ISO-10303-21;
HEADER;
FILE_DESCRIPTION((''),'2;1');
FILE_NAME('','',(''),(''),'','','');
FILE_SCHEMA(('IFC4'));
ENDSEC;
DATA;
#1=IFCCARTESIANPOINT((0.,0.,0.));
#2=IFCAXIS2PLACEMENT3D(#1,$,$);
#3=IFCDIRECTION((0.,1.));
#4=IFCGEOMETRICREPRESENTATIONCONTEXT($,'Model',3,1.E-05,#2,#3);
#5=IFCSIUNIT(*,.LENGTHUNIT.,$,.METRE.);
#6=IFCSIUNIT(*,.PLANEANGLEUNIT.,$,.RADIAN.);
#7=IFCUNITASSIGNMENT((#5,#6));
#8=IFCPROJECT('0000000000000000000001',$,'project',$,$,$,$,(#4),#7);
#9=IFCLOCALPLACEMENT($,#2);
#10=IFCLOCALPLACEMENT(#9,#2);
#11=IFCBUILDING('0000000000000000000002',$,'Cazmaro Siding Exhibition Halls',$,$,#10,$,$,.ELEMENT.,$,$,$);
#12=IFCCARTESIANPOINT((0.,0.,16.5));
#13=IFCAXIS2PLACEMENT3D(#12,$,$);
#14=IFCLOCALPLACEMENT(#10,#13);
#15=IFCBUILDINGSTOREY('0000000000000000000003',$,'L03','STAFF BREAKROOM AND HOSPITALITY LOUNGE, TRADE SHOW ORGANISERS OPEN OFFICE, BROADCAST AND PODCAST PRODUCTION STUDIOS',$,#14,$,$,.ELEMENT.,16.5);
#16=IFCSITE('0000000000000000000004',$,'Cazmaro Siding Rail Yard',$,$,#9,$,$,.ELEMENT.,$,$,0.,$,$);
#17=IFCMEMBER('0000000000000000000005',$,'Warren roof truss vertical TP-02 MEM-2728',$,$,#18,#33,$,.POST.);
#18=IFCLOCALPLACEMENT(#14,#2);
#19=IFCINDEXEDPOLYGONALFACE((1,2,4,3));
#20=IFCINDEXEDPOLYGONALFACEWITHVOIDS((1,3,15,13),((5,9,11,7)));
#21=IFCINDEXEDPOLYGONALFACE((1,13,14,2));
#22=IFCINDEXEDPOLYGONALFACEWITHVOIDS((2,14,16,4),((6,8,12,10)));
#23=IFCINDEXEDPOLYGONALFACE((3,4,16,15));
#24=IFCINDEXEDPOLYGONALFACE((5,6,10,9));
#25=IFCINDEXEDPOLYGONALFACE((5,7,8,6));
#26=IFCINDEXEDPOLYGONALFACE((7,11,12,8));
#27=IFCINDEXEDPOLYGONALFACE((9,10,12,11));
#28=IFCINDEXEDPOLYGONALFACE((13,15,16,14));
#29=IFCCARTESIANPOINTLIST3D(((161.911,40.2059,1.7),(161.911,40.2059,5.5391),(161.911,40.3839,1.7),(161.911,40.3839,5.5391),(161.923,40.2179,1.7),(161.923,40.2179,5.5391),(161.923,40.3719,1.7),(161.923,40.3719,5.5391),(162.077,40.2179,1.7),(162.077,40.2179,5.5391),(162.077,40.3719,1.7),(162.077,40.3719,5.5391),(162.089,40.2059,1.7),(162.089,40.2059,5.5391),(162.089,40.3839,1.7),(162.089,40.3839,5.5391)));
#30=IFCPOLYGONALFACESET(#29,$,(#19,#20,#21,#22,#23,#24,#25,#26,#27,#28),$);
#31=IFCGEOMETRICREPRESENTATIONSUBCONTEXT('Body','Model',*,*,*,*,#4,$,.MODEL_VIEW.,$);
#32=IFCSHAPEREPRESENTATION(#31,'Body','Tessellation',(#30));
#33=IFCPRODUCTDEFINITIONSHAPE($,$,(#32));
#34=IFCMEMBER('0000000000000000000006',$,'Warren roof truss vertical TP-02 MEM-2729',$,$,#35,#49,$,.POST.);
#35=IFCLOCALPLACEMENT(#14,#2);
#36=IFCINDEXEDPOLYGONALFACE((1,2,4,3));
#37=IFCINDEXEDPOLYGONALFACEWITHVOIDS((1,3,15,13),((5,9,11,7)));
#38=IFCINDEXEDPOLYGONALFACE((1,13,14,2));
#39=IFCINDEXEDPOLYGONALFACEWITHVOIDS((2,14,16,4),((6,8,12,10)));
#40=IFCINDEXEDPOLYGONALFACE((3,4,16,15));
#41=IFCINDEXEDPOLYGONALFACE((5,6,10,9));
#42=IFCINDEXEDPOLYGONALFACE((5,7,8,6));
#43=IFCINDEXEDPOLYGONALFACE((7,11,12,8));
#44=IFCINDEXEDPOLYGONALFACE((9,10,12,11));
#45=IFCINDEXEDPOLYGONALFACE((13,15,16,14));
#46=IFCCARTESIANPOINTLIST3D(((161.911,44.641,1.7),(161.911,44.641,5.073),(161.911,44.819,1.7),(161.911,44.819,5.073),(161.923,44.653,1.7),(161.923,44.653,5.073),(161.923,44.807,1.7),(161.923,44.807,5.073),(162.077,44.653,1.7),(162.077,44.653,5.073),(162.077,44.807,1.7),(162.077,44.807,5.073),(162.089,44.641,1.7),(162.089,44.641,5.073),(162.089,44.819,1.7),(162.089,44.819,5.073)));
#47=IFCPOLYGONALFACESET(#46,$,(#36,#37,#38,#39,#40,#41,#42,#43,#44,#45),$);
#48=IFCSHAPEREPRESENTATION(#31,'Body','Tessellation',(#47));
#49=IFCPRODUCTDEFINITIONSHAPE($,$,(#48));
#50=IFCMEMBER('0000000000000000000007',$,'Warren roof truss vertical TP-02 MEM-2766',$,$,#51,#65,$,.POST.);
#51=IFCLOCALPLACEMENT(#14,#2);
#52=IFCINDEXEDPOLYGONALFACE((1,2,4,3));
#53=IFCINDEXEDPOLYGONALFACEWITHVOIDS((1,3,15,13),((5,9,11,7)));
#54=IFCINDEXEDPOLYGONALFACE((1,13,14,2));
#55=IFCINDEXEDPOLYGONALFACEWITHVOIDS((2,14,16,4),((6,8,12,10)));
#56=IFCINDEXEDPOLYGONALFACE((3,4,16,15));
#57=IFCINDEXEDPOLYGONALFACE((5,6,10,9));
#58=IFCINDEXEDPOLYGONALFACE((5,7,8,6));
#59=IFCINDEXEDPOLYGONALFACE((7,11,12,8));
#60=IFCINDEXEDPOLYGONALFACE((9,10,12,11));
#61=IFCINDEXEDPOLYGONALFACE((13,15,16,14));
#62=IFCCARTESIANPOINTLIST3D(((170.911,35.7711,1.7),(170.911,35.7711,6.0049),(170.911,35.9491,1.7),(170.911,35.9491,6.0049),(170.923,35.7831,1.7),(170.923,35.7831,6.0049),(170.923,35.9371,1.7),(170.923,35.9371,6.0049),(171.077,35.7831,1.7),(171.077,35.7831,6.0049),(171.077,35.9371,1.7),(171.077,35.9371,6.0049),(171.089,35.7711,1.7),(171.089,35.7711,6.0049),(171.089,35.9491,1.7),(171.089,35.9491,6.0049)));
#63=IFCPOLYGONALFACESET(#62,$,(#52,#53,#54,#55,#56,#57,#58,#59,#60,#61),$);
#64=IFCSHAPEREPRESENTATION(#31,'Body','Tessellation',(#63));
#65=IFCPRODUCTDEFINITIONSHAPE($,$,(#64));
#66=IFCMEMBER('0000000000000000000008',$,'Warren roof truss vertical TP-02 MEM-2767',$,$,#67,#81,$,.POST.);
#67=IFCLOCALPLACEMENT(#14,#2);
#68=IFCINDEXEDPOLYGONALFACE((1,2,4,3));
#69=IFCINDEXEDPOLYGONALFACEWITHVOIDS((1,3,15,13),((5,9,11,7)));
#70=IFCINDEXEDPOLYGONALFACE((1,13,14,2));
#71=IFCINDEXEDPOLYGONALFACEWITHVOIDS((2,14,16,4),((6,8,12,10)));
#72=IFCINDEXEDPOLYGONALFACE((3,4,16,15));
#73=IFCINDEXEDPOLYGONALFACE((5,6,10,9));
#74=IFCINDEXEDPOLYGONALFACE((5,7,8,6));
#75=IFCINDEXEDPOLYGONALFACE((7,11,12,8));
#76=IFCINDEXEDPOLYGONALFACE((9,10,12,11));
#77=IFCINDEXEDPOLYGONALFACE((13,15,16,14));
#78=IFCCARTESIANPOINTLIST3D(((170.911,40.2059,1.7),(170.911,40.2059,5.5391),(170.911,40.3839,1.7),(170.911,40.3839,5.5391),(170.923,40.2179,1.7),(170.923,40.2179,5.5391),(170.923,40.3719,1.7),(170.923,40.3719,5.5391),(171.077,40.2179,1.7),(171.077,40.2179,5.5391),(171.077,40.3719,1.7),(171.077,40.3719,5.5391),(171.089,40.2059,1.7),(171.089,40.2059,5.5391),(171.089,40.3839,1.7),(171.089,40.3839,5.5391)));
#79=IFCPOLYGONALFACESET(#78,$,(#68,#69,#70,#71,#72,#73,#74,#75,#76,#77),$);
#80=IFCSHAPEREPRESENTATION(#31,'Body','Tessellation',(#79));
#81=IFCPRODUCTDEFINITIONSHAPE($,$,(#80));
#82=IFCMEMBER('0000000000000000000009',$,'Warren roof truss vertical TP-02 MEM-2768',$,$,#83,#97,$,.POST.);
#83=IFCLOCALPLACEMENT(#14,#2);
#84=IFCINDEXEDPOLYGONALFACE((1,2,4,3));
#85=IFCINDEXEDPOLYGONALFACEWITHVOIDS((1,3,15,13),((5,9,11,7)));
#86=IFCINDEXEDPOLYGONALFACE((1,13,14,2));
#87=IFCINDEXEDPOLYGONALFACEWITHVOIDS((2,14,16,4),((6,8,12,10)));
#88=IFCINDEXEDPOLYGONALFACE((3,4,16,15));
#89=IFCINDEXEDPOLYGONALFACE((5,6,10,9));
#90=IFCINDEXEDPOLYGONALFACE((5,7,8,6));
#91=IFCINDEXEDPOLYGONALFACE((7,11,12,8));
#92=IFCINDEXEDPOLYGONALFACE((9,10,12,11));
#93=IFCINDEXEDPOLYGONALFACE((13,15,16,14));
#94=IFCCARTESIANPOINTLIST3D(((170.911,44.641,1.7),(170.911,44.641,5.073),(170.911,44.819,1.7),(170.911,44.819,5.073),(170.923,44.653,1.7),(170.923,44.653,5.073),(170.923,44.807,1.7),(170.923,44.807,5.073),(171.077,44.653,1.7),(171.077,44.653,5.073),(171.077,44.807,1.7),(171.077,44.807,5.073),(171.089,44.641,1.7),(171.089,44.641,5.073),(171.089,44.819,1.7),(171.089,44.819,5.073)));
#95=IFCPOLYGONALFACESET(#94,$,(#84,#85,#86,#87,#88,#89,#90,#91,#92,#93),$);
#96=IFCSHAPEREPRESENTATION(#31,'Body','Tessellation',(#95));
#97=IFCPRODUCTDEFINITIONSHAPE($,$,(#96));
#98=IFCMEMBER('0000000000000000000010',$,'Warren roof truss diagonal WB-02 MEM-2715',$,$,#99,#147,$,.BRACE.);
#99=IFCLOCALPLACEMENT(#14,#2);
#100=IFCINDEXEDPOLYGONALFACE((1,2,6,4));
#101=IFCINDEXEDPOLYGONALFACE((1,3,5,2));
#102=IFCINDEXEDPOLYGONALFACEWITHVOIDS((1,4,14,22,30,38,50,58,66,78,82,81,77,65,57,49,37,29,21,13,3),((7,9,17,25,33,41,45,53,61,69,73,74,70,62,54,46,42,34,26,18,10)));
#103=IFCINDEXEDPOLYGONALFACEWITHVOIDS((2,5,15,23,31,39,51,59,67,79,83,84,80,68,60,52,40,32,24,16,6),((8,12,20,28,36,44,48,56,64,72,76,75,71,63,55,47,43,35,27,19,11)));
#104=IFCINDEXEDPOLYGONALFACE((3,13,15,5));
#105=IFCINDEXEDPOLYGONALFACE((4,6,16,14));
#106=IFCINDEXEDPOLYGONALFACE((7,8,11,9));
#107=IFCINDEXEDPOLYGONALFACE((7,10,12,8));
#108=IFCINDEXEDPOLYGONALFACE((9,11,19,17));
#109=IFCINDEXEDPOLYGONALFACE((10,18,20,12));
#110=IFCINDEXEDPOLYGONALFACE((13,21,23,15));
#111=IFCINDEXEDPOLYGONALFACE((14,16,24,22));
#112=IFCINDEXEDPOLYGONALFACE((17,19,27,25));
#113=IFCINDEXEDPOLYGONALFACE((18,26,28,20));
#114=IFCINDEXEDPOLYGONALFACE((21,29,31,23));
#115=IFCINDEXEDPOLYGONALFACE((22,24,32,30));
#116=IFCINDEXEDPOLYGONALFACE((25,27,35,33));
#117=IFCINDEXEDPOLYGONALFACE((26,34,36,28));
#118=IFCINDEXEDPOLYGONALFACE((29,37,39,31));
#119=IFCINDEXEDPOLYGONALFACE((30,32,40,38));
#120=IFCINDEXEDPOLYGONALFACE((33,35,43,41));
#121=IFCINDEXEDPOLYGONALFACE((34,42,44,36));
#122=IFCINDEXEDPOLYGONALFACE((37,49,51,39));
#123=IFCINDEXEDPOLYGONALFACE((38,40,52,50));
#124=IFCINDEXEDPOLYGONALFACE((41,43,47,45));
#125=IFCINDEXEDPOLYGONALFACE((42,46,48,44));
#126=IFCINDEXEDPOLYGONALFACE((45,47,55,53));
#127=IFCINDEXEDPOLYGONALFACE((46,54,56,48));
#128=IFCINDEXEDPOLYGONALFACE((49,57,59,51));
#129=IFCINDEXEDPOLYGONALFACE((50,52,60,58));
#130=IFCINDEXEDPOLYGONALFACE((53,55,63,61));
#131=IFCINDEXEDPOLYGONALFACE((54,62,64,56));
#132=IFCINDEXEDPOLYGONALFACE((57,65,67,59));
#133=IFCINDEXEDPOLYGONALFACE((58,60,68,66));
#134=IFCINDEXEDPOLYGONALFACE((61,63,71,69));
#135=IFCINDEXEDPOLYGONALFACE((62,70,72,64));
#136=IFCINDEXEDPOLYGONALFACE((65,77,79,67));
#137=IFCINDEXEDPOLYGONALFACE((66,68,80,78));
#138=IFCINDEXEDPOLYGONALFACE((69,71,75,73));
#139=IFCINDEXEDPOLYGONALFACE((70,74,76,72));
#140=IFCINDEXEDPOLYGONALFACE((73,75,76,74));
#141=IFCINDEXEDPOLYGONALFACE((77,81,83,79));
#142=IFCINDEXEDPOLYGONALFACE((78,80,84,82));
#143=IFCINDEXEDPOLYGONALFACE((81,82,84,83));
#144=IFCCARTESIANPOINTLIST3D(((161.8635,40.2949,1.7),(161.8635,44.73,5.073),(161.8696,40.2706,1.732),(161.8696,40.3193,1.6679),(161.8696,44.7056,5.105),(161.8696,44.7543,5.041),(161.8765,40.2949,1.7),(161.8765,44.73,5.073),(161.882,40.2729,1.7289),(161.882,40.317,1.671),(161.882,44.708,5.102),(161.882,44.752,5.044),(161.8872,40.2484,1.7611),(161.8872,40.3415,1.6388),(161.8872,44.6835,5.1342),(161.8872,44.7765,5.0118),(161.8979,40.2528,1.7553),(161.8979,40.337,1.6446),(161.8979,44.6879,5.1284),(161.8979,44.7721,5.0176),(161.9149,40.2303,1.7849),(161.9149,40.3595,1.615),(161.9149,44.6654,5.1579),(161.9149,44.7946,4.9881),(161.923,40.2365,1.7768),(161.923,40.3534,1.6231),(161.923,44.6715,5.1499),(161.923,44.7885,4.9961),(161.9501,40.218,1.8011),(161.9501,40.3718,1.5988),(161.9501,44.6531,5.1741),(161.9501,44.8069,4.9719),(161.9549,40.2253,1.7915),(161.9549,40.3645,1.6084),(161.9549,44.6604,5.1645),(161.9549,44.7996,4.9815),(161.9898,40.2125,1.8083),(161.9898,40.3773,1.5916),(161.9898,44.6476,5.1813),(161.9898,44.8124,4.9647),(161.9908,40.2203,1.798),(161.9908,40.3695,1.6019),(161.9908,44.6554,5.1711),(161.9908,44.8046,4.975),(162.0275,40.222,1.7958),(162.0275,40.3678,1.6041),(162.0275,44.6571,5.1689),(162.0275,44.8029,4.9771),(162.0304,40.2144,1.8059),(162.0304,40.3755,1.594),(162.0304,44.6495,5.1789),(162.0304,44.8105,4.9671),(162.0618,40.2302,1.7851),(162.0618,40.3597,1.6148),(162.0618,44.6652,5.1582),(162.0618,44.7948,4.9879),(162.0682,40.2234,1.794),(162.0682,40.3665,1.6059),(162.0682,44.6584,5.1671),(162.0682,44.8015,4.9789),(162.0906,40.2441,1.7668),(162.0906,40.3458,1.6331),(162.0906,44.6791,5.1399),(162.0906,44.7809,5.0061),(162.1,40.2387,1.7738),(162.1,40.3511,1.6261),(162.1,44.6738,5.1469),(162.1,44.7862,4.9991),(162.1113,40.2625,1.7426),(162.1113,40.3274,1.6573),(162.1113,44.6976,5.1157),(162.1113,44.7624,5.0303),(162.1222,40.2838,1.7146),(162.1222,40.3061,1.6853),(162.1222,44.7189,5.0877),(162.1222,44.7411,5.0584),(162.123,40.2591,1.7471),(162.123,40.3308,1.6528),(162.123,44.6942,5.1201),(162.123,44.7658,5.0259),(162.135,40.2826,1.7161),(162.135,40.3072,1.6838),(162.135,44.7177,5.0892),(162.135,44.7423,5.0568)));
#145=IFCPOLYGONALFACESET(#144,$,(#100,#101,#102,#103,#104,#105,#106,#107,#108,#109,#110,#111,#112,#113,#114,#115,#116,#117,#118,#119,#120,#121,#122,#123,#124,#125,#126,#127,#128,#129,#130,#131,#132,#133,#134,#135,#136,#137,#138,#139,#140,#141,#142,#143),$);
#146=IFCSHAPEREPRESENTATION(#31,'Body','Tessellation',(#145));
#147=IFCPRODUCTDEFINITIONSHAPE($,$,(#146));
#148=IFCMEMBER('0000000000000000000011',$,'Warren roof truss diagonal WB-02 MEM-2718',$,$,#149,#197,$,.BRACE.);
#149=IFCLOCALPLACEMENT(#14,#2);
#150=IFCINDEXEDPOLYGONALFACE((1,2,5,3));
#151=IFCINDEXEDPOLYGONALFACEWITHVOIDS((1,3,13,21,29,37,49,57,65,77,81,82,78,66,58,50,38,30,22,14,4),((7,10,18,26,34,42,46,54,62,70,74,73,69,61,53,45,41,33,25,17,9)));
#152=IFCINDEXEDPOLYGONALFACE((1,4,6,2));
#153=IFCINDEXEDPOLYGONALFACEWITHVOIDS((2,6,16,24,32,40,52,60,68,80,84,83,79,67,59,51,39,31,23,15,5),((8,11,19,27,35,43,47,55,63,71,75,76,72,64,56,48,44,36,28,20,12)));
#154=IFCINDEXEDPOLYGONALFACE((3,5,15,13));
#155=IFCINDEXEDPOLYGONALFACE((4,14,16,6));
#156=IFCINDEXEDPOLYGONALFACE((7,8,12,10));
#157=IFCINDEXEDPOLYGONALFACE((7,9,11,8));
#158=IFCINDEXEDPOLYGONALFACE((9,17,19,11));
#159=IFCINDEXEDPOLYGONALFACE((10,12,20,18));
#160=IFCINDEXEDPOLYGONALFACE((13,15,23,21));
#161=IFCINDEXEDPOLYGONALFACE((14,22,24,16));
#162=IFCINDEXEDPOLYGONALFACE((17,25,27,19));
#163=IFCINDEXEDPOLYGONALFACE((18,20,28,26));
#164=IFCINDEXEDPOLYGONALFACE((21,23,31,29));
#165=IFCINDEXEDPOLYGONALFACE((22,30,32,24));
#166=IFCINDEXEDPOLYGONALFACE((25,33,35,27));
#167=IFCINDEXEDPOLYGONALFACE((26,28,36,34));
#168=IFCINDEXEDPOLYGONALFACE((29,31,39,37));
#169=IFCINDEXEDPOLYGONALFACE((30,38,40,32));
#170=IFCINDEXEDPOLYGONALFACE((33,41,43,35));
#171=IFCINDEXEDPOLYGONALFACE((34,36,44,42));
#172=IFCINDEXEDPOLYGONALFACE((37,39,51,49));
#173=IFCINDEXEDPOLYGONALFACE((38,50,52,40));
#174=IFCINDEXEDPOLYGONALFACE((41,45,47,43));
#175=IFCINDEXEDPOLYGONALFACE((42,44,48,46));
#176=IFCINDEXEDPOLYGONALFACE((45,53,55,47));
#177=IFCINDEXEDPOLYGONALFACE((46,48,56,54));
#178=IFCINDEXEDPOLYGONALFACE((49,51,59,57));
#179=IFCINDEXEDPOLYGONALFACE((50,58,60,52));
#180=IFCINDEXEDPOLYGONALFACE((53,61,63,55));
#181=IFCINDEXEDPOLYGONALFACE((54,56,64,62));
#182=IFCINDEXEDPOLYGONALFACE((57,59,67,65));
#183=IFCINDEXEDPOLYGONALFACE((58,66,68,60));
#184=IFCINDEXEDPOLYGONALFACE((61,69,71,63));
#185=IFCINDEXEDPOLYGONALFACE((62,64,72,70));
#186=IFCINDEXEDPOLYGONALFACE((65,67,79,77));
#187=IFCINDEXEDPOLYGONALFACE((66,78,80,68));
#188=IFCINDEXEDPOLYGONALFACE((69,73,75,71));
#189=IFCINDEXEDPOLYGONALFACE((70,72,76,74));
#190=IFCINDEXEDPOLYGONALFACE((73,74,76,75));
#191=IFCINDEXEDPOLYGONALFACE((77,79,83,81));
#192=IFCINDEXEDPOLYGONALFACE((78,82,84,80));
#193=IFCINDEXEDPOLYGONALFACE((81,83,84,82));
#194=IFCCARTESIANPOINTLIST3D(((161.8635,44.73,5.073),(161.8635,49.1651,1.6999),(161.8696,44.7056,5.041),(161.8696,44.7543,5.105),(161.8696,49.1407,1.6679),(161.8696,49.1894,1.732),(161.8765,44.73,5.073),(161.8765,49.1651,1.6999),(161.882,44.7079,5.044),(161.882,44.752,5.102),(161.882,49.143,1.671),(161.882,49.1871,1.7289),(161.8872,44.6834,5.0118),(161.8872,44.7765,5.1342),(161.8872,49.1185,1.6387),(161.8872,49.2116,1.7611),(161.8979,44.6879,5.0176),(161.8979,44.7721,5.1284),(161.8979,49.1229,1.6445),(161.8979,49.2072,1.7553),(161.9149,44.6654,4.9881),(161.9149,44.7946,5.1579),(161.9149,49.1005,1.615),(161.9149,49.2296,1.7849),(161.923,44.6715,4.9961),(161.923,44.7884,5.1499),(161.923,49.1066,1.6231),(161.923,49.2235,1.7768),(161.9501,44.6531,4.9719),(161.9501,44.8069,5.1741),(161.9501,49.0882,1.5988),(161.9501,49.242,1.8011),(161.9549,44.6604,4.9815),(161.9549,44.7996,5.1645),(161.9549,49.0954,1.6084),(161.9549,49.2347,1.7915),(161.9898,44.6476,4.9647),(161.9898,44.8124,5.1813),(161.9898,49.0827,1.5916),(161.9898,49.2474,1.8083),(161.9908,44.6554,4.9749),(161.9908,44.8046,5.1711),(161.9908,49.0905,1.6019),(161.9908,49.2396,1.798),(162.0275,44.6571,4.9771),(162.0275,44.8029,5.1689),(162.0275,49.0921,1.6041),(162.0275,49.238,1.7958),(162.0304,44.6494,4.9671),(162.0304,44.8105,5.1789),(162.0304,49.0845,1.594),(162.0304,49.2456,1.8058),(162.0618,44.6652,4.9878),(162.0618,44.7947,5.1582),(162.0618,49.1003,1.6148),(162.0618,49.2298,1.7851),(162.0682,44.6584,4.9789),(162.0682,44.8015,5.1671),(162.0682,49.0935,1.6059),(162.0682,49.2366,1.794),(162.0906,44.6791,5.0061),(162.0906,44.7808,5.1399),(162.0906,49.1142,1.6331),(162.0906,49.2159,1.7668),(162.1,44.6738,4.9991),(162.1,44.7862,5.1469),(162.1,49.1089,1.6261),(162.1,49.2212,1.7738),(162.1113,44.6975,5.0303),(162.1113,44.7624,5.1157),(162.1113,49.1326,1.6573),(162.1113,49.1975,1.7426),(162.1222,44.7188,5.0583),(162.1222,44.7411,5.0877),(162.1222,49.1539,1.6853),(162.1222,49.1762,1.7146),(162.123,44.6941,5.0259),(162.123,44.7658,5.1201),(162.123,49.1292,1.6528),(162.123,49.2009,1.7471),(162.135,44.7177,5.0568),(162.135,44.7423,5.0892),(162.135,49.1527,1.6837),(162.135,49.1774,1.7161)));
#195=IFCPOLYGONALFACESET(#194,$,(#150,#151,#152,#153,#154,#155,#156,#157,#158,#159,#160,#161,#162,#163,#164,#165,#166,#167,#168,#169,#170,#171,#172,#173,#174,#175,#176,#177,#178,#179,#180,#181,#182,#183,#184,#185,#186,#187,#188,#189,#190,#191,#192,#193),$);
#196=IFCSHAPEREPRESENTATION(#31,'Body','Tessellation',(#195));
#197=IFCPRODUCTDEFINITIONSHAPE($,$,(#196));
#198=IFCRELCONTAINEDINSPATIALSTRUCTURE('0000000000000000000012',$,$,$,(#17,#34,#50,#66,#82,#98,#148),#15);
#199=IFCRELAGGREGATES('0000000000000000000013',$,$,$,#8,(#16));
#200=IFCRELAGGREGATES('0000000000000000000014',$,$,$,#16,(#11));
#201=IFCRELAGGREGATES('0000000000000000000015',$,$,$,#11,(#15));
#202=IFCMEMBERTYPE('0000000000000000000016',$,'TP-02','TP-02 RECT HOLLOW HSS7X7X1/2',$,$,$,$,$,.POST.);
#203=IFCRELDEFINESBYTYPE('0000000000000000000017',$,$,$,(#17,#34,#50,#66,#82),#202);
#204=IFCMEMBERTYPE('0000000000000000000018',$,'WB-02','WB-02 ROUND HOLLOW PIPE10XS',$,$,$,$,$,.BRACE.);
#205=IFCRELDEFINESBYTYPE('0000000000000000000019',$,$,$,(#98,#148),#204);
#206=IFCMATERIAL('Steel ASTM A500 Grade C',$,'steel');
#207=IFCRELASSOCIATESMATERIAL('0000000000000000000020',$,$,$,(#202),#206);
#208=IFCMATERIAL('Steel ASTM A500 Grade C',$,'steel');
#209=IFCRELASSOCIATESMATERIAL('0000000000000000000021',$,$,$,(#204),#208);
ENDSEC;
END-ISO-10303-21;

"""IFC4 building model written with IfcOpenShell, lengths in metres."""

from ifc_helpers import new_model, si_unit, direction, frame, origin, origin_2d, place, context, subcontext, project, spatial, hollow_rectangle, hollow_circle, extrude, material, material_profile, profile_set, type_object, element, save


model = new_model("IFC4")

# Units and contexts
model_context = context("Model", 3, precision=1e-05, world=origin(), true_north=direction((0.0, 1.0)))
body_context = subcontext(model_context, "Body", "Model", "MODEL_VIEW")
ifc_project = project(units=[si_unit("LENGTHUNIT", "METRE"), si_unit("PLANEANGLEUNIT", "RADIAN")], contexts=[model_context])

# Site, building, storey
site_placement = place(None, origin())
site = spatial("IfcSite", under=ifc_project, at=site_placement, Name="Cazmaro Siding Rail Yard", CompositionType="ELEMENT", RefElevation=0.0)
building_placement = place(site_placement, origin())
building = spatial("IfcBuilding", under=site, at=building_placement, Name="Cazmaro Siding Exhibition Halls", CompositionType="ELEMENT")
storey_placement = place(building_placement, frame((0.0, 0.0, 16.5)))
storey = spatial("IfcBuildingStorey", under=building, at=storey_placement, Name="L03", Description="STAFF BREAKROOM AND HOSPITALITY LOUNGE, TRADE SHOW ORGANISERS OPEN OFFICE, BROADCAST AND PODCAST PRODUCTION STUDIOS", CompositionType="ELEMENT", Elevation=16.5)

# Members
ifc_material_1 = material(Name="Steel ASTM A500 Grade C", Category="steel")
ifc_material_profile_1 = material_profile(ifc_material_1, hollow_rectangle(XDim=0.178, YDim=0.178, WallThickness=0.012, at=origin_2d()), Name="HSS7X7X1/2")
ifc_profile_set_1 = profile_set([ifc_material_profile_1], Name="Steel ASTM A500 Grade C")
member_type_1 = type_object("IfcMemberType", Name="TP-02", Description="TP-02 RECT HOLLOW HSS7X7X1/2", PredefinedType="POST", material=ifc_profile_set_1)
member_1_placement = place(storey_placement, frame((162.0, 40.2949, 1.7), z_axis=(0.0, 0.0, 1.0), x_axis=(1.0, 0.0, 0.0)))
element("IfcMember", 1, at=member_1_placement, inside=storey, type_object=member_type_1, Name="Warren roof truss vertical TP-02 MEM-2728", PredefinedType="POST", context=body_context, shape_type="SweptSolid", body=[
    extrude(hollow_rectangle(XDim=0.178, YDim=0.178, WallThickness=0.012, at=origin_2d()), origin(), (0.0, 0.0, 1.0), 3.8391),
])
member_2_placement = place(storey_placement, frame((162.0, 44.73, 1.7), z_axis=(0.0, 0.0, 1.0), x_axis=(1.0, 0.0, 0.0)))
element("IfcMember", 2, at=member_2_placement, inside=storey, type_object=member_type_1, Name="Warren roof truss vertical TP-02 MEM-2729", PredefinedType="POST", context=body_context, shape_type="SweptSolid", body=[
    extrude(hollow_rectangle(XDim=0.178, YDim=0.178, WallThickness=0.012, at=origin_2d()), origin(), (0.0, 0.0, 1.0), 3.373),
])
member_3_placement = place(storey_placement, frame((171.0, 35.8601, 1.7), z_axis=(0.0, 0.0, 1.0), x_axis=(1.0, 0.0, 0.0)))
element("IfcMember", 3, at=member_3_placement, inside=storey, type_object=member_type_1, Name="Warren roof truss vertical TP-02 MEM-2766", PredefinedType="POST", context=body_context, shape_type="SweptSolid", body=[
    extrude(hollow_rectangle(XDim=0.178, YDim=0.178, WallThickness=0.012, at=origin_2d()), origin(), (0.0, 0.0, 1.0), 4.3049),
])
member_4_placement = place(storey_placement, frame((171.0, 40.2949, 1.7), z_axis=(0.0, 0.0, 1.0), x_axis=(1.0, 0.0, 0.0)))
element("IfcMember", 4, at=member_4_placement, inside=storey, type_object=member_type_1, Name="Warren roof truss vertical TP-02 MEM-2767", PredefinedType="POST", context=body_context, shape_type="SweptSolid", body=[
    extrude(hollow_rectangle(XDim=0.178, YDim=0.178, WallThickness=0.012, at=origin_2d()), origin(), (0.0, 0.0, 1.0), 3.8391),
])
member_5_placement = place(storey_placement, frame((171.0, 44.73, 1.7), z_axis=(0.0, 0.0, 1.0), x_axis=(1.0, 0.0, 0.0)))
element("IfcMember", 5, at=member_5_placement, inside=storey, type_object=member_type_1, Name="Warren roof truss vertical TP-02 MEM-2768", PredefinedType="POST", context=body_context, shape_type="SweptSolid", body=[
    extrude(hollow_rectangle(XDim=0.178, YDim=0.178, WallThickness=0.012, at=origin_2d()), origin(), (0.0, 0.0, 1.0), 3.373),
])
ifc_material_2 = material(Name="Steel ASTM A500 Grade C", Category="steel")
ifc_material_profile_2 = material_profile(ifc_material_2, hollow_circle(Radius=0.1365, WallThickness=0.0129, at=origin_2d()), Name="PIPE10XS")
ifc_profile_set_2 = profile_set([ifc_material_profile_2], Name="Steel ASTM A500 Grade C")
member_type_2 = type_object("IfcMemberType", Name="WB-02", Description="WB-02 ROUND HOLLOW PIPE10XS", PredefinedType="BRACE", material=ifc_profile_set_2)
for number, where, z_axis, x_axis, name in (
    (6, (162.0, 40.2949, 1.7), (0.0, 0.795954, 0.605357), (-1.0, 0.0, 0.0), "Warren roof truss diagonal WB-02 MEM-2715"),
    (7, (162.0, 44.73, 5.073), (0.0, 0.795954, -0.605357), (-1.0, 0.0, 0.0), "Warren roof truss diagonal WB-02 MEM-2718"),
):
    element("IfcMember", number, at=place(storey_placement, frame(where, z_axis=z_axis, x_axis=x_axis)), inside=storey, type_object=member_type_2, Name=name, PredefinedType="BRACE", context=body_context, shape_type="SweptSolid", body=[
        extrude(hollow_circle(Radius=0.1365, WallThickness=0.0129, at=origin_2d()), origin(), (0.0, 0.0, 1.0), 5.572),
    ])

save(model, "model.ifc")
